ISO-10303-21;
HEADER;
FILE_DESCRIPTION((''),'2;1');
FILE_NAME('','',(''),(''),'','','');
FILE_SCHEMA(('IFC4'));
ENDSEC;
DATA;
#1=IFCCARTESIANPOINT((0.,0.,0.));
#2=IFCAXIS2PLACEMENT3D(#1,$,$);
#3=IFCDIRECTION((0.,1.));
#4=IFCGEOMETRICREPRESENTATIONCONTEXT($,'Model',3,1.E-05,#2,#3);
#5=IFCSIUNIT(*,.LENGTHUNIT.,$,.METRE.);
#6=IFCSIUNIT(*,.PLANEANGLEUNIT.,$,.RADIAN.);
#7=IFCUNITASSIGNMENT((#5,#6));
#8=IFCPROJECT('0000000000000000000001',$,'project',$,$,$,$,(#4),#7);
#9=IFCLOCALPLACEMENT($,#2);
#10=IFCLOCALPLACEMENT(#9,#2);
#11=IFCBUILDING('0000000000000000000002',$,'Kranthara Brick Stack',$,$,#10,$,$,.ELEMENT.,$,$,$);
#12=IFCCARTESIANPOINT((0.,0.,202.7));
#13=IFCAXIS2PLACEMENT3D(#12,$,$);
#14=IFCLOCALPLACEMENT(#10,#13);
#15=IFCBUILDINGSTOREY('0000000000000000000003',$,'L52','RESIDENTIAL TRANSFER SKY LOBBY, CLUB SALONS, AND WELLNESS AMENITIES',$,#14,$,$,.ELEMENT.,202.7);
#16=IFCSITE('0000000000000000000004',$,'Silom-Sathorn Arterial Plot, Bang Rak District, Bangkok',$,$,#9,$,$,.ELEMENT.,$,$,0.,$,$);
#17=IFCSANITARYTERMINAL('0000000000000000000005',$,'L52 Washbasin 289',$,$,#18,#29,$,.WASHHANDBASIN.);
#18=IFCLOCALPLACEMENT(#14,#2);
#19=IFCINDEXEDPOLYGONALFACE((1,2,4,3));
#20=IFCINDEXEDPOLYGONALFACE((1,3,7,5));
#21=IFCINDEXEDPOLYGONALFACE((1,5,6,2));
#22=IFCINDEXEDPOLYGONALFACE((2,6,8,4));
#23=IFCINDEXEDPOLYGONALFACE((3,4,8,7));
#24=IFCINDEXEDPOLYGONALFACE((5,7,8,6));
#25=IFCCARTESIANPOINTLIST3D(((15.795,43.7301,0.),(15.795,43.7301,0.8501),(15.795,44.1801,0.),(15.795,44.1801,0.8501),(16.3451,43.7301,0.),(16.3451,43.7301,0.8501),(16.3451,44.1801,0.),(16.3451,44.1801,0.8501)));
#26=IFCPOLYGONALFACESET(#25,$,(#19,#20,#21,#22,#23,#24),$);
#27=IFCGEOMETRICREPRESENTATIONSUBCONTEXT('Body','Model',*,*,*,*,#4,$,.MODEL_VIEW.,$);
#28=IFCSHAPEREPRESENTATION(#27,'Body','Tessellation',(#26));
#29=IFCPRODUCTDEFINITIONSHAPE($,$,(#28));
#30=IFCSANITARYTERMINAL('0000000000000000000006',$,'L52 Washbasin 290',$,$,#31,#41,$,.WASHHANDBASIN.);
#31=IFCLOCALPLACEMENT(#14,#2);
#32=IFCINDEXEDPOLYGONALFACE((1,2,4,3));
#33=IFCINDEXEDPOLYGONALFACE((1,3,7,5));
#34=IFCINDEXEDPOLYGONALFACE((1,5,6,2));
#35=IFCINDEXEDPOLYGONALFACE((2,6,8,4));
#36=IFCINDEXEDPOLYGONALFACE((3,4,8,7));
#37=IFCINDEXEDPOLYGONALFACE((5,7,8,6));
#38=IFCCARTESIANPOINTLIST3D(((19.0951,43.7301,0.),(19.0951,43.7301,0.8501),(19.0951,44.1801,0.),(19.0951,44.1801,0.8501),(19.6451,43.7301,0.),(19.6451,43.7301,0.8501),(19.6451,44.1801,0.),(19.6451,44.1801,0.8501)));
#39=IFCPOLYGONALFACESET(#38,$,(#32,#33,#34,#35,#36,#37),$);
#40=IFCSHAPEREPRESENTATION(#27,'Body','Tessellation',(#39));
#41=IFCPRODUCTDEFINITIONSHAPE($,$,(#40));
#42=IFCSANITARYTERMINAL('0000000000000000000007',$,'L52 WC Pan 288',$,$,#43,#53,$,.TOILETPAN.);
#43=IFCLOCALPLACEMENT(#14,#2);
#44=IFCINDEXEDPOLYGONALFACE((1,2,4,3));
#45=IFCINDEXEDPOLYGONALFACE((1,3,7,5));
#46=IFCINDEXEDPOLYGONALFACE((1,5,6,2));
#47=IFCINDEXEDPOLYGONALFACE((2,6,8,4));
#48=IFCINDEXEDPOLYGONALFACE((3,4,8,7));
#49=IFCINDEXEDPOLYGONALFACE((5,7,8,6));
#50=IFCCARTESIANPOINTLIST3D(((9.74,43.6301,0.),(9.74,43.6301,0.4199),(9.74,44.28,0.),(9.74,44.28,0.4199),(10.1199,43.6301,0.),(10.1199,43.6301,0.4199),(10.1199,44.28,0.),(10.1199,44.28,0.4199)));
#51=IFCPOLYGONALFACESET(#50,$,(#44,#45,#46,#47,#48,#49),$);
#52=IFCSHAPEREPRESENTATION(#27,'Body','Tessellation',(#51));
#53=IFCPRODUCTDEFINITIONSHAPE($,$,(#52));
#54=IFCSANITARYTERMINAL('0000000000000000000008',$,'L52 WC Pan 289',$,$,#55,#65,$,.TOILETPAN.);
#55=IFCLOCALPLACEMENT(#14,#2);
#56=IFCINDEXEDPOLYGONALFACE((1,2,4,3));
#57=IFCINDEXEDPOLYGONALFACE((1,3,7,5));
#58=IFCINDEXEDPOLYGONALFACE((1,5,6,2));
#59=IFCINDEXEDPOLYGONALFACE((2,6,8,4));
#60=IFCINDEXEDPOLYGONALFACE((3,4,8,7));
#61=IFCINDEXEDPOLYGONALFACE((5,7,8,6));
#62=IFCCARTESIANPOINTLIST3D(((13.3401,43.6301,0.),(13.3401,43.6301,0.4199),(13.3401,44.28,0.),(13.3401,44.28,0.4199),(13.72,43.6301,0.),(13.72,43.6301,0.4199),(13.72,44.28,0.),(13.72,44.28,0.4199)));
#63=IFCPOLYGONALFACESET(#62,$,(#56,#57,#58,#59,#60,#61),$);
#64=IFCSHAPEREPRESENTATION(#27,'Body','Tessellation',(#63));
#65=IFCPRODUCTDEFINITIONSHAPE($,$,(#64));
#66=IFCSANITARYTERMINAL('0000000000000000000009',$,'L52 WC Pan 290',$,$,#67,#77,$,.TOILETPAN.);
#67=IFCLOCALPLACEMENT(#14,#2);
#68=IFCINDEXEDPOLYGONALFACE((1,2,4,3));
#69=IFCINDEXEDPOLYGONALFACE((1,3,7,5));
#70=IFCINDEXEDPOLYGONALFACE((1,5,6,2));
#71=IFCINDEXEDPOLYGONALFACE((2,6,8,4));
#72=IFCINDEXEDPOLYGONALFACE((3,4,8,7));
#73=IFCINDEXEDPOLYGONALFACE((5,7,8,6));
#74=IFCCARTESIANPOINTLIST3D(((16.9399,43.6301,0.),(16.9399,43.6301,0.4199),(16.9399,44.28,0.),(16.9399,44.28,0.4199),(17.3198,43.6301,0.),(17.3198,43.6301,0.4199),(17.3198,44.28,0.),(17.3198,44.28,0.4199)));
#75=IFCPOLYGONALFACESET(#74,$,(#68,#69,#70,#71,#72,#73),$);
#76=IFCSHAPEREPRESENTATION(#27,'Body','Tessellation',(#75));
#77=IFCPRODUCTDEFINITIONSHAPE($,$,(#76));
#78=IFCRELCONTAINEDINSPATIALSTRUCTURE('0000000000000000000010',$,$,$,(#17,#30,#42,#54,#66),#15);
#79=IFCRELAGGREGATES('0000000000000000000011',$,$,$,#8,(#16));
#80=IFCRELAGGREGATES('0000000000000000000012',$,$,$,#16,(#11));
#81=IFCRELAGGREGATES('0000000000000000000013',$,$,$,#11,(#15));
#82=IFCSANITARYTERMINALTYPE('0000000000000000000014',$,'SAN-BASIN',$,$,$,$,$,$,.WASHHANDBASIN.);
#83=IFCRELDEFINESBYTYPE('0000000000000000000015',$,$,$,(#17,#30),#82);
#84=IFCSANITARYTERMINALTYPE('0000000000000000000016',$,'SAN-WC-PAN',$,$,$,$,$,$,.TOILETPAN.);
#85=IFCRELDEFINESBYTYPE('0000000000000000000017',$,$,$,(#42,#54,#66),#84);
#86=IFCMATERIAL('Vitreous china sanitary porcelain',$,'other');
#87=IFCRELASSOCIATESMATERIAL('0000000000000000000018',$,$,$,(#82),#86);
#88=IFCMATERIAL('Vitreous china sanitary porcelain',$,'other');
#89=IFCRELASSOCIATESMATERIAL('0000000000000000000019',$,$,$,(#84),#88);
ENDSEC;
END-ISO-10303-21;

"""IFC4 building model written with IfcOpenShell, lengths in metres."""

from ifc_helpers import new_model, si_unit, direction, frame, origin, origin_2d, place, context, subcontext, project, spatial, rectangle, extrude, material, type_object, element, save


model = new_model("IFC4")

# Units and contexts
model_context = context("Model", 3, precision=1e-05, world=origin(), true_north=direction((0.0, 1.0)))
body_context = subcontext(model_context, "Body", "Model", "MODEL_VIEW")
ifc_project = project(units=[si_unit("LENGTHUNIT", "METRE"), si_unit("PLANEANGLEUNIT", "RADIAN")], contexts=[model_context])

# Site, building, storey
site_placement = place(None, origin())
site = spatial("IfcSite", under=ifc_project, at=site_placement, Name="Silom-Sathorn Arterial Plot, Bang Rak District, Bangkok", CompositionType="ELEMENT", RefElevation=0.0)
building_placement = place(site_placement, origin())
building = spatial("IfcBuilding", under=site, at=building_placement, Name="Kranthara Brick Stack", CompositionType="ELEMENT")
storey_placement = place(building_placement, frame((0.0, 0.0, 202.7)))
storey = spatial("IfcBuildingStorey", under=building, at=storey_placement, Name="L52", Description="RESIDENTIAL TRANSFER SKY LOBBY, CLUB SALONS, AND WELLNESS AMENITIES", CompositionType="ELEMENT", Elevation=202.7)

# Sanitary terminals
ifc_material_1 = material(Name="Vitreous china sanitary porcelain", Category="other")
sanitary_terminal_type_1 = type_object("IfcSanitaryTerminalType", Name="SAN-BASIN", PredefinedType="WASHHANDBASIN", material=ifc_material_1)
for number, where, z_axis, x_axis, name in (
    (1, (16.0701, 43.9551, 0.0), (0.0, 0.0, 1.0), (1.0, 0.0, 0.0), "L52 Washbasin 289"),
    (2, (19.3701, 43.9551, 0.0), (0.0, 0.0, 1.0), (1.0, 0.0, 0.0), "L52 Washbasin 290"),
):
    element("IfcSanitaryTerminal", number, at=place(storey_placement, frame(where, z_axis=z_axis, x_axis=x_axis)), inside=storey, type_object=sanitary_terminal_type_1, Name=name, PredefinedType="WASHHANDBASIN", context=body_context, shape_type="SweptSolid", body=[
        extrude(rectangle(XDim=0.55, YDim=0.45, at=origin_2d()), origin(), (0.0, 0.0, 1.0), 0.8501),
    ])
ifc_material_2 = material(Name="Vitreous china sanitary porcelain", Category="other")
sanitary_terminal_type_2 = type_object("IfcSanitaryTerminalType", Name="SAN-WC-PAN", PredefinedType="TOILETPAN", material=ifc_material_2)
for number, where, z_axis, x_axis, name in (
    (3, (9.9299, 43.9551, 0.0), (0.0, 0.0, 1.0), (1.0, 0.0, 0.0), "L52 WC Pan 288"),
    (4, (13.53, 43.9551, 0.0), (0.0, 0.0, 1.0), (1.0, 0.0, 0.0), "L52 WC Pan 289"),
    (5, (17.1299, 43.9551, 0.0), (0.0, 0.0, 1.0), (1.0, 0.0, 0.0), "L52 WC Pan 290"),
):
    element("IfcSanitaryTerminal", number, at=place(storey_placement, frame(where, z_axis=z_axis, x_axis=x_axis)), inside=storey, type_object=sanitary_terminal_type_2, Name=name, PredefinedType="TOILETPAN", context=body_context, shape_type="SweptSolid", body=[
        extrude(rectangle(XDim=0.3799, YDim=0.6499, at=origin_2d()), origin(), (0.0, 0.0, 1.0), 0.4199),
    ])

save(model, "model.ifc")
